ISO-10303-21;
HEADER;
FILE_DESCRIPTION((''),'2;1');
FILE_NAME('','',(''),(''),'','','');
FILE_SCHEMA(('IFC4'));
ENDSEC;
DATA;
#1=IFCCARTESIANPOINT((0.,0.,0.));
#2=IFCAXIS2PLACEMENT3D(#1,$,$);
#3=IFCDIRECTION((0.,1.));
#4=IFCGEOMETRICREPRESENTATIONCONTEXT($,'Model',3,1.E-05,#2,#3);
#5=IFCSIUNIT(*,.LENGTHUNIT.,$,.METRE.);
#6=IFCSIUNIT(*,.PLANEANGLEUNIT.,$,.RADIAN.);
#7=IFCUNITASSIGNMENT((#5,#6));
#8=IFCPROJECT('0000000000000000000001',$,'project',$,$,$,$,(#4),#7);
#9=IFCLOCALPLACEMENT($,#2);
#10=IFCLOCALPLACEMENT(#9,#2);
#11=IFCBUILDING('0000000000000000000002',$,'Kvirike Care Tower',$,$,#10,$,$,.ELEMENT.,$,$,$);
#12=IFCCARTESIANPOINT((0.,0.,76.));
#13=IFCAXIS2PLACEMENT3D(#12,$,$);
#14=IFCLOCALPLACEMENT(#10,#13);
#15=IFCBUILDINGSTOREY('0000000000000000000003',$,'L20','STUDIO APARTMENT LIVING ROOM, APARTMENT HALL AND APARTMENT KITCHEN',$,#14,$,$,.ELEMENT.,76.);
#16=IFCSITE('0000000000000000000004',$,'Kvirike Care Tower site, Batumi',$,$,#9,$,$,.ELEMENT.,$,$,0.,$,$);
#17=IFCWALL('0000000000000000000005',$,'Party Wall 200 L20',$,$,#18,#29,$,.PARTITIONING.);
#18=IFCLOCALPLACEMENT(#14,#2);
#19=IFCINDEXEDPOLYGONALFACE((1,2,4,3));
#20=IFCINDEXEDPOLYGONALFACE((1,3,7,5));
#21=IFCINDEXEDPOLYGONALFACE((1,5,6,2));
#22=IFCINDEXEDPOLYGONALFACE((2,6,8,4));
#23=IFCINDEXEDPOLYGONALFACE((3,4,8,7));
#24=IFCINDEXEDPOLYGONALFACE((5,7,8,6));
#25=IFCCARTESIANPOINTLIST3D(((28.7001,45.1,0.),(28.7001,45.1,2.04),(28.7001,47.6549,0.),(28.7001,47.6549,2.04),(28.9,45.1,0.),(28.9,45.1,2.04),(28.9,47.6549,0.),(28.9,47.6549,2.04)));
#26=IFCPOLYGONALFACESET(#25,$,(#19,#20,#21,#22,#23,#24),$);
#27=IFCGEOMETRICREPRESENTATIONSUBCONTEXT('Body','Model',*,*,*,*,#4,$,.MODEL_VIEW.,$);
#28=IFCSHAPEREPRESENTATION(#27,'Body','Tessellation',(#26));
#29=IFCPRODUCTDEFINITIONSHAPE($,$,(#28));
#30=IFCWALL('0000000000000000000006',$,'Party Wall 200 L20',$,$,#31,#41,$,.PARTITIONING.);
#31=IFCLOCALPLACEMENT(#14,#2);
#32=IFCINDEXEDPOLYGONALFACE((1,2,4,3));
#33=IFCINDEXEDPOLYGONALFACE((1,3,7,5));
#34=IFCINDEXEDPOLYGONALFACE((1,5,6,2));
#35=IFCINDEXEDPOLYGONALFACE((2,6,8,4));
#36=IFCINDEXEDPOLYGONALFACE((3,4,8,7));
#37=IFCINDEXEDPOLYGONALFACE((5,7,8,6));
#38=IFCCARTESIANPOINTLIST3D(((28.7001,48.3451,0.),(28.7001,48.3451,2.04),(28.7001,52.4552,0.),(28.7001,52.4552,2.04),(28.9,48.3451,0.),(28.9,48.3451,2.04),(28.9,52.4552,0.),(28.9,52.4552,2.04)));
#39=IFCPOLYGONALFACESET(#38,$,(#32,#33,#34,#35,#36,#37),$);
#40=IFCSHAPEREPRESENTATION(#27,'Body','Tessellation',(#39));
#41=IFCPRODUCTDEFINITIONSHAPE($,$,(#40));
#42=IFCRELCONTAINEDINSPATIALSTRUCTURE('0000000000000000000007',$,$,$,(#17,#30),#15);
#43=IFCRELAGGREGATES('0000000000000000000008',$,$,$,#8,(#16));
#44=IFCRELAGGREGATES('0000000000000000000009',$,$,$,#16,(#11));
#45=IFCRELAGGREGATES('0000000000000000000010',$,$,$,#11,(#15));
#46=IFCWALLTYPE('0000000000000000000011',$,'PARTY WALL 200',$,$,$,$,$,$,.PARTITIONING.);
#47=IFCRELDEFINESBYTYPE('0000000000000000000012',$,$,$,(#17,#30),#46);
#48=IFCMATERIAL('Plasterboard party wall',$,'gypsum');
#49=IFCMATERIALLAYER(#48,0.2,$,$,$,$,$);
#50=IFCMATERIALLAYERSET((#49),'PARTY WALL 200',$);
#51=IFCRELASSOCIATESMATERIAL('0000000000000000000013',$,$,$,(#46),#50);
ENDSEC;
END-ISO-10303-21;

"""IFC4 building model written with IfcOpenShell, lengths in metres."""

from ifc_helpers import new_model, si_unit, direction, frame, frame_2d, origin, place, context, subcontext, project, spatial, rectangle, extrude, material, layer, layer_set, type_object, element, save


model = new_model("IFC4")

# Units and contexts
model_context = context("Model", 3, precision=1e-05, world=origin(), true_north=direction((0.0, 1.0)))
body_context = subcontext(model_context, "Body", "Model", "MODEL_VIEW")
ifc_project = project(units=[si_unit("LENGTHUNIT", "METRE"), si_unit("PLANEANGLEUNIT", "RADIAN")], contexts=[model_context])

# Site, building, storey
site_placement = place(None, origin())
site = spatial("IfcSite", under=ifc_project, at=site_placement, Name="Kvirike Care Tower site, Batumi", CompositionType="ELEMENT", RefElevation=0.0)
building_placement = place(site_placement, origin())
building = spatial("IfcBuilding", under=site, at=building_placement, Name="Kvirike Care Tower", CompositionType="ELEMENT")
storey_placement = place(building_placement, frame((0.0, 0.0, 76.0)))
storey = spatial("IfcBuildingStorey", under=building, at=storey_placement, Name="L20", Description="STUDIO APARTMENT LIVING ROOM, APARTMENT HALL AND APARTMENT KITCHEN", CompositionType="ELEMENT", Elevation=76.0)

# Walls
ifc_material_1 = material(Name="Plasterboard party wall", Category="gypsum")
ifc_layer_1 = layer(ifc_material_1, 0.2)
ifc_layer_set_1 = layer_set([ifc_layer_1], Name="PARTY WALL 200")
wall_type_1 = type_object("IfcWallType", Name="PARTY WALL 200", PredefinedType="PARTITIONING", material=ifc_layer_set_1)
wall_1_placement = place(storey_placement, frame((28.8, 45.1001, 0.0), z_axis=(0.0, 0.0, 1.0), x_axis=(0.0, 1.0, 0.0)))
element("IfcWall", 1, at=wall_1_placement, inside=storey, type_object=wall_type_1, Name="Party Wall 200 L20", PredefinedType="PARTITIONING", context=body_context, shape_type="SweptSolid", body=[
    extrude(rectangle(XDim=2.5549, YDim=0.2, at=frame_2d((1.2773, 0.0))), origin(), (0.0, 0.0, 1.0), 2.04),
])
wall_2_placement = place(storey_placement, frame((28.8, 48.345, 0.0), z_axis=(0.0, 0.0, 1.0), x_axis=(0.0, 1.0, 0.0)))
element("IfcWall", 2, at=wall_2_placement, inside=storey, type_object=wall_type_1, Name="Party Wall 200 L20", PredefinedType="PARTITIONING", context=body_context, shape_type="SweptSolid", body=[
    extrude(rectangle(XDim=4.1101, YDim=0.2, at=frame_2d((2.0552, 0.0))), origin(), (0.0, 0.0, 1.0), 2.04),
])

save(model, "model.ifc")
